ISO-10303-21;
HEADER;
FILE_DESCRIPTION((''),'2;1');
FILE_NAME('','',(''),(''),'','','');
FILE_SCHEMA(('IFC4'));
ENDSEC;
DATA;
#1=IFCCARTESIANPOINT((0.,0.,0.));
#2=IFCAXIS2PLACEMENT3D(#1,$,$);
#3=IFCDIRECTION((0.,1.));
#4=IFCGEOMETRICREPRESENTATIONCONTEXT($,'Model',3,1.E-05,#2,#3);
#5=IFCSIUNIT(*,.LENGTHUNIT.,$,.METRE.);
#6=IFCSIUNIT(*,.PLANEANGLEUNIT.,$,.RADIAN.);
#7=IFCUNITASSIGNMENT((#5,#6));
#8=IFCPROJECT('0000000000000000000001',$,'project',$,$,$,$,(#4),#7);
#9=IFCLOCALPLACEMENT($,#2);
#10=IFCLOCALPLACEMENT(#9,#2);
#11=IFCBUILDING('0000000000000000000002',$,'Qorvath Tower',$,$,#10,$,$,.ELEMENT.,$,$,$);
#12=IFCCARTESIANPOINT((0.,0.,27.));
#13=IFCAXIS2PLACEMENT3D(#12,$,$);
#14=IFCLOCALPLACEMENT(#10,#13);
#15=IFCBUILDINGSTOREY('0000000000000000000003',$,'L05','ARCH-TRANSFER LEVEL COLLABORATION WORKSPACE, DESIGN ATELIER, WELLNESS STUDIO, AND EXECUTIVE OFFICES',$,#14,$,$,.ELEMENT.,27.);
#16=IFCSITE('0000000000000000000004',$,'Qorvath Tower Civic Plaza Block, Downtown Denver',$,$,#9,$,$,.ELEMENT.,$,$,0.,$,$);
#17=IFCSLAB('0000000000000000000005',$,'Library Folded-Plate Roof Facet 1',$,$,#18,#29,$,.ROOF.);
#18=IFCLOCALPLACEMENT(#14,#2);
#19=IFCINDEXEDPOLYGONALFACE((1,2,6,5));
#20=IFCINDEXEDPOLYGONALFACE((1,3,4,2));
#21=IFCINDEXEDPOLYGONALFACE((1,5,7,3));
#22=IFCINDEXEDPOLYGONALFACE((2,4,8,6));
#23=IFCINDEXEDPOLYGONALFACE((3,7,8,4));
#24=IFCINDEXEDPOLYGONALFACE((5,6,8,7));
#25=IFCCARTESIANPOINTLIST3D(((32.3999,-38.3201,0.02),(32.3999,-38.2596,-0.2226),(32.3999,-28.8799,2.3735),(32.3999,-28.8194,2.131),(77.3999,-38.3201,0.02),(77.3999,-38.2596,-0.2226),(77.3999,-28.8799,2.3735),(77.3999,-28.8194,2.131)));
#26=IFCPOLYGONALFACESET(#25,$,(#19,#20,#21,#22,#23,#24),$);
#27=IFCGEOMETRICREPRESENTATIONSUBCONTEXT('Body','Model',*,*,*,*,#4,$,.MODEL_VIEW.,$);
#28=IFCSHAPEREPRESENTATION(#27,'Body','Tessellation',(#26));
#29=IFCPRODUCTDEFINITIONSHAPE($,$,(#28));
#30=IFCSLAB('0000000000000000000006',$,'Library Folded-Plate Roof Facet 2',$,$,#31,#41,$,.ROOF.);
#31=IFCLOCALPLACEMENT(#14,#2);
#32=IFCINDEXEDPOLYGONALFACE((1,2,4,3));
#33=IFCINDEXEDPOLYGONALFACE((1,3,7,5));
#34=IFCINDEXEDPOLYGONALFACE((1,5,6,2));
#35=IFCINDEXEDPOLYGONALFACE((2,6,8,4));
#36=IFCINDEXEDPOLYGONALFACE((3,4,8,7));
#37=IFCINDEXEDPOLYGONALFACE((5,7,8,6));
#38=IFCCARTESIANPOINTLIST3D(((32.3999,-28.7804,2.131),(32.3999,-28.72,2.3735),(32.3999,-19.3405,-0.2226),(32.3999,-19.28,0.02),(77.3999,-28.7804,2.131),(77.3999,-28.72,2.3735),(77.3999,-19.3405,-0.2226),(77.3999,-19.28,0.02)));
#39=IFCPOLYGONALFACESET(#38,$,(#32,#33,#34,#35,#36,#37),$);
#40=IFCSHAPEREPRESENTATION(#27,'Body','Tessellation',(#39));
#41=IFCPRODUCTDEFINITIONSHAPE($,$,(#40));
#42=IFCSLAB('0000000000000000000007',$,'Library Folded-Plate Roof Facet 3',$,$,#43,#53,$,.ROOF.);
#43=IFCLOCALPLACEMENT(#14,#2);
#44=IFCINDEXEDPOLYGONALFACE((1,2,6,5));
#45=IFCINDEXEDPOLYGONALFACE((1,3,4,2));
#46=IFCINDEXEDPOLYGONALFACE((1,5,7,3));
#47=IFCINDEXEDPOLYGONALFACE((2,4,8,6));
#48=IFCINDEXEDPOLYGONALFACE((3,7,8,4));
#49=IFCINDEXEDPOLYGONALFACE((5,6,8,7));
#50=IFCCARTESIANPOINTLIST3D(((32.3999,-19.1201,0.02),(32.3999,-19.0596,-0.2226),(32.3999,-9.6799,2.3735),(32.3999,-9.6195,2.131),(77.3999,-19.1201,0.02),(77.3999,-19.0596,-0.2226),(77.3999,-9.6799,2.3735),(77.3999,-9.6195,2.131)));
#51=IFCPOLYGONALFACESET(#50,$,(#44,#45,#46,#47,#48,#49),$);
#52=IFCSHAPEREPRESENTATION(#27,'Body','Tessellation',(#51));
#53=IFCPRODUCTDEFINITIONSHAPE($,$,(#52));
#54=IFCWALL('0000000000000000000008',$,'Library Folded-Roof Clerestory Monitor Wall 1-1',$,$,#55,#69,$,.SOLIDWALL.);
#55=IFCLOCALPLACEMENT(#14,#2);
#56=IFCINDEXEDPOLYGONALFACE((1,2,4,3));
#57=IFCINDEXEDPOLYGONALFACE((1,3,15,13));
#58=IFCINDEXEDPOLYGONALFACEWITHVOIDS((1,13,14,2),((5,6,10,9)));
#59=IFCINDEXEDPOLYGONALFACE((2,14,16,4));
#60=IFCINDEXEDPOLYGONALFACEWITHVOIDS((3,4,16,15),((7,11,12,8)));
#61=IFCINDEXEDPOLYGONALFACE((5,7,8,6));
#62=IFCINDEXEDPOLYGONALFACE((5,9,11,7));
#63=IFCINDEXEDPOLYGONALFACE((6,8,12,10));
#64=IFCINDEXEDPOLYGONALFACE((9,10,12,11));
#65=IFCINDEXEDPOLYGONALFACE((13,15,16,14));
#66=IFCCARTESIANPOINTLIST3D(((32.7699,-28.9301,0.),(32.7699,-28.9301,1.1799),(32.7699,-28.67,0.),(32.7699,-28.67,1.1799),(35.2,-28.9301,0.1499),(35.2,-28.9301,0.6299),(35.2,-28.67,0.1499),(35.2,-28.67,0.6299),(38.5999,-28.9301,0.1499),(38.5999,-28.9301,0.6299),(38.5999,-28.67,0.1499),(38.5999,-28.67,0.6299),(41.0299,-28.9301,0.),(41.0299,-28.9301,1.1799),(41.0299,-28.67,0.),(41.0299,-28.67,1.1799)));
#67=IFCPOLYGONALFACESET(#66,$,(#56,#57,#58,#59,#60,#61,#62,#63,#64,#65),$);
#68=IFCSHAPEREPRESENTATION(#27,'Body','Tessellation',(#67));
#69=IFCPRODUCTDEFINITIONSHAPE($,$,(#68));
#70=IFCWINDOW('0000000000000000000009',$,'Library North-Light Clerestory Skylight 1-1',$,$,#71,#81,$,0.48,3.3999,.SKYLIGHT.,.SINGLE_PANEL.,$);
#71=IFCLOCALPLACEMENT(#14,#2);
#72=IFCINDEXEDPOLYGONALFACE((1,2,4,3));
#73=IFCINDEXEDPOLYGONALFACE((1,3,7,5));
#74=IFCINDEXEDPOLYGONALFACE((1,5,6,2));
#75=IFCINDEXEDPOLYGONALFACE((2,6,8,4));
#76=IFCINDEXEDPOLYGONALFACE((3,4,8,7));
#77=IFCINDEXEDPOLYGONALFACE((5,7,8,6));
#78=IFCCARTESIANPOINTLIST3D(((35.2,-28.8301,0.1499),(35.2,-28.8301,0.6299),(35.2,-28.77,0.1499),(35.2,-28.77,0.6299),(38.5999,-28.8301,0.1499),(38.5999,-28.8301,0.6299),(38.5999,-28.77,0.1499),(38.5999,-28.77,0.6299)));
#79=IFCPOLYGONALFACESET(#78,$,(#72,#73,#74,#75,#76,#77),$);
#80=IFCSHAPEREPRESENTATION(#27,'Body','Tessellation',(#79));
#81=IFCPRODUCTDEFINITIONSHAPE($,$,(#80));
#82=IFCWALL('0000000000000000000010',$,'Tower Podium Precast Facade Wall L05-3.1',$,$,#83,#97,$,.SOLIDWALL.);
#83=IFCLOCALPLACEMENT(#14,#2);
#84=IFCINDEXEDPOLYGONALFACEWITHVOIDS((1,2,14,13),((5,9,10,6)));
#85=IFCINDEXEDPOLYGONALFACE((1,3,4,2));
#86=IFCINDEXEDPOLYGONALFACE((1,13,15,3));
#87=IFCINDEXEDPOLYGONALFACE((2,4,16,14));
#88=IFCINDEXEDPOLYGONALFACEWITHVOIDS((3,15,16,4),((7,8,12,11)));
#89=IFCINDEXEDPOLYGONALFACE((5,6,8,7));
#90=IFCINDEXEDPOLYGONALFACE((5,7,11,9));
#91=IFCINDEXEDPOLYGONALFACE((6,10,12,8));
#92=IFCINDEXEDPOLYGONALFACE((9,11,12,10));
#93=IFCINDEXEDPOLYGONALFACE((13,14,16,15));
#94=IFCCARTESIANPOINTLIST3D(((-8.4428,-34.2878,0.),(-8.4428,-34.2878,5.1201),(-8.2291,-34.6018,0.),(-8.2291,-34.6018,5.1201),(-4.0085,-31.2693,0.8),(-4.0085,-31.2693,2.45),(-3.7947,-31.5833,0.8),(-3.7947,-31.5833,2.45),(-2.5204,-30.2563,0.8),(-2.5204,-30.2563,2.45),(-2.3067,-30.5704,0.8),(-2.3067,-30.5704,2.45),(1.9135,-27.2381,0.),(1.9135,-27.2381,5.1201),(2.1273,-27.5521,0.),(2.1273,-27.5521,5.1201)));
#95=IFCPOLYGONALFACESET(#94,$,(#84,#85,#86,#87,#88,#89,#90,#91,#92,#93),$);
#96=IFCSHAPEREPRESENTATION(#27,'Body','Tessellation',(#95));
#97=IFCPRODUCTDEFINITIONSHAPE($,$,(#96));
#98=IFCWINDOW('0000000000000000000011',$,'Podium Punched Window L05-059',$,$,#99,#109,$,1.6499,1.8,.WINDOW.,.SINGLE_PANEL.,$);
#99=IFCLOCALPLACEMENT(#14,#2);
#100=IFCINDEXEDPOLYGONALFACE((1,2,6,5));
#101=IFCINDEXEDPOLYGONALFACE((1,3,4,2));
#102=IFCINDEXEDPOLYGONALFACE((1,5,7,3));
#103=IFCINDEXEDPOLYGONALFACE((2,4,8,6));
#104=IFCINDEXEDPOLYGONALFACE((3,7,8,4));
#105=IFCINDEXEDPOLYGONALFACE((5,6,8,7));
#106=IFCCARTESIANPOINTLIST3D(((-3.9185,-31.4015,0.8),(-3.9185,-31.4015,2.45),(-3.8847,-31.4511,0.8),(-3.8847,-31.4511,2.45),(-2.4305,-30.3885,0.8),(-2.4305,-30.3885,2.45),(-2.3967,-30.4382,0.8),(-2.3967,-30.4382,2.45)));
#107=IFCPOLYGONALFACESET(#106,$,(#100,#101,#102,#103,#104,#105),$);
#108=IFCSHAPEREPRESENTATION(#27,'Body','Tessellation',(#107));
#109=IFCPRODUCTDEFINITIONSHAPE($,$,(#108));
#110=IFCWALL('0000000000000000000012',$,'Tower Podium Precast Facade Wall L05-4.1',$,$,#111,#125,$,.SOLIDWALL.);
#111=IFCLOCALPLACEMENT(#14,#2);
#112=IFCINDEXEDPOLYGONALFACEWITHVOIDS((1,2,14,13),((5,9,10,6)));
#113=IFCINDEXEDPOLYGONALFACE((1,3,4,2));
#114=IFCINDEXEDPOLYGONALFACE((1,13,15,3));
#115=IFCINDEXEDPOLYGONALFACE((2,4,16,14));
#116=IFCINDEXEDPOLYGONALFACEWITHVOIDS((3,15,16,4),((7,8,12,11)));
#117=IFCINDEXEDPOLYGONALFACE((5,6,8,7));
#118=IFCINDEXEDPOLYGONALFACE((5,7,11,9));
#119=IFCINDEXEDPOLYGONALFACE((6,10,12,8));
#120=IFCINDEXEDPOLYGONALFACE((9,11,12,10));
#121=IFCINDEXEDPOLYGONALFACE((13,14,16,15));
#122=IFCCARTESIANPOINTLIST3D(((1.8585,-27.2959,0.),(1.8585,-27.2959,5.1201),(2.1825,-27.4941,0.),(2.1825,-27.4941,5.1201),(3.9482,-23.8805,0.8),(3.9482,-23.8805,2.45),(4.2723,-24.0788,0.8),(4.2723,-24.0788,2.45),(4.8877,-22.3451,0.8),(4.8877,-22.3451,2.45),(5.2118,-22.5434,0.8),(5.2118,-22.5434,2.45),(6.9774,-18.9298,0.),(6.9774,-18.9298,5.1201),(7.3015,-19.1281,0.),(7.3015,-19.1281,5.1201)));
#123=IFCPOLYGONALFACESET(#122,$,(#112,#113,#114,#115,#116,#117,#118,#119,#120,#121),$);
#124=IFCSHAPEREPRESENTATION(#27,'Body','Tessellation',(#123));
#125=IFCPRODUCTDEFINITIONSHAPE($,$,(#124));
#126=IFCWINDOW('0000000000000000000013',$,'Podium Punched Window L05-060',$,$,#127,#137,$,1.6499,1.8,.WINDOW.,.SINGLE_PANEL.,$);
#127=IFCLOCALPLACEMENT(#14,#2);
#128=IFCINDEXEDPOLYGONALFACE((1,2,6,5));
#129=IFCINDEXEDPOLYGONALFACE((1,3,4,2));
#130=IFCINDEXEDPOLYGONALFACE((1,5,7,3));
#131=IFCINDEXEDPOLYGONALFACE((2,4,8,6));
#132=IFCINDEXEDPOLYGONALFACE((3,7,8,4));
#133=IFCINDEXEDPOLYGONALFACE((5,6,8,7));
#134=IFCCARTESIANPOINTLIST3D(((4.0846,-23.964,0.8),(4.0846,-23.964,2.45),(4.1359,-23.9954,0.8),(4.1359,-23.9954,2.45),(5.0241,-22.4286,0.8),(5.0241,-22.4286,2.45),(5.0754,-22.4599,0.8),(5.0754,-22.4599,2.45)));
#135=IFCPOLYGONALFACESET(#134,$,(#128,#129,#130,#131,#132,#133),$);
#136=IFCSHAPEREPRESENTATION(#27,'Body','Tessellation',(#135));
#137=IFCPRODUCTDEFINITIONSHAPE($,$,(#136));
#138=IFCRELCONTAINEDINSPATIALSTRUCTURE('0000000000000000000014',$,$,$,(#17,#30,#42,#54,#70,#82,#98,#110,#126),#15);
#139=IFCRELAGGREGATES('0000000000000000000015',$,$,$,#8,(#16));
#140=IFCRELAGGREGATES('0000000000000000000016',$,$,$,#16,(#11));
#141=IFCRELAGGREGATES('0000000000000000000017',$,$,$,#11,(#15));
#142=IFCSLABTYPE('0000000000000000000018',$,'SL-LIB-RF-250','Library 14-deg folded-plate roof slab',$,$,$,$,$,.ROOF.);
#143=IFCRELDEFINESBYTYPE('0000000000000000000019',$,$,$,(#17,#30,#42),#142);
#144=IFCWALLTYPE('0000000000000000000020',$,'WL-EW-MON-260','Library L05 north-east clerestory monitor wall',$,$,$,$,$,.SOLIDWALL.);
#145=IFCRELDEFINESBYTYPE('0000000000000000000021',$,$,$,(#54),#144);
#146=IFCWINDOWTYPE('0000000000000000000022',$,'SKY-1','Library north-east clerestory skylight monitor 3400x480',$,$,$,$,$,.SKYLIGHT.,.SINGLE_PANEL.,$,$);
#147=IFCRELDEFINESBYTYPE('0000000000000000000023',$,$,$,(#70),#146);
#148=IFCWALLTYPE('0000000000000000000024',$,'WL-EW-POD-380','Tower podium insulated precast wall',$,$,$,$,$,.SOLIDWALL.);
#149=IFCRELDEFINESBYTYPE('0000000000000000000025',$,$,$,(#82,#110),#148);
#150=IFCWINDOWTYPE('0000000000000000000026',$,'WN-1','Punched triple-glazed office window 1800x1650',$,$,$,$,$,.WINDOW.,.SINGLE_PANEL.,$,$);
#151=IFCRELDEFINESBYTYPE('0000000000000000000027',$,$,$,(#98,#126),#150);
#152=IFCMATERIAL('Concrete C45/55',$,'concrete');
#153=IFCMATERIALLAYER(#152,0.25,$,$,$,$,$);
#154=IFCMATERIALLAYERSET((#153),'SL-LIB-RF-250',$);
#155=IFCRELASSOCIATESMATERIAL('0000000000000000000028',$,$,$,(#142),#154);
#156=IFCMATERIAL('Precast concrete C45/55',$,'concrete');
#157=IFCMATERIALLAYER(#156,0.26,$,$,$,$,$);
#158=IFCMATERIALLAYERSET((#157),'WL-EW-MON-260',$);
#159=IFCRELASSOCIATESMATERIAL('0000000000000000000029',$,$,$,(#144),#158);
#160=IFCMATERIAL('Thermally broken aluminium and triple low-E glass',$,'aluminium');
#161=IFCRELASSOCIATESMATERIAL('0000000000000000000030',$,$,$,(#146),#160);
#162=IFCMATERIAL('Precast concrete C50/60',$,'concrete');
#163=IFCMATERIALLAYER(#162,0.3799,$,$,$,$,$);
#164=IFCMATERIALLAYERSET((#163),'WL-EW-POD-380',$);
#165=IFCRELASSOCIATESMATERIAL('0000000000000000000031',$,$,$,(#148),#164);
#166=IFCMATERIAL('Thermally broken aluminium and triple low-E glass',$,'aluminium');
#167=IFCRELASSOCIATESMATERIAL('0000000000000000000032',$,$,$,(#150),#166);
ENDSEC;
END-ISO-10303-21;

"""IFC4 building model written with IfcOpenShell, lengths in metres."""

from ifc_helpers import new_model, si_unit, direction, frame, frame_2d, origin, place, context, subcontext, project, spatial, polyline, rectangle, outline, extrude, material, layer, layer_set, type_object, element, fill, save


model = new_model("IFC4")

# Units and contexts
model_context = context("Model", 3, precision=1e-05, world=origin(), true_north=direction((0.0, 1.0)))
body_context = subcontext(model_context, "Body", "Model", "MODEL_VIEW")
ifc_project = project(units=[si_unit("LENGTHUNIT", "METRE"), si_unit("PLANEANGLEUNIT", "RADIAN")], contexts=[model_context])

# Site, building, storey
site_placement = place(None, origin())
site = spatial("IfcSite", under=ifc_project, at=site_placement, Name="Qorvath Tower Civic Plaza Block, Downtown Denver", CompositionType="ELEMENT", RefElevation=0.0)
building_placement = place(site_placement, origin())
building = spatial("IfcBuilding", under=site, at=building_placement, Name="Qorvath Tower", CompositionType="ELEMENT")
storey_placement = place(building_placement, frame((0.0, 0.0, 27.0)))
storey = spatial("IfcBuildingStorey", under=building, at=storey_placement, Name="L05", Description="ARCH-TRANSFER LEVEL COLLABORATION WORKSPACE, DESIGN ATELIER, WELLNESS STUDIO, AND EXECUTIVE OFFICES", CompositionType="ELEMENT", Elevation=27.0)

# Slabs
ifc_material_1 = material(Name="Concrete C45/55", Category="concrete")
ifc_layer_1 = layer(ifc_material_1, 0.25)
ifc_layer_set_1 = layer_set([ifc_layer_1], Name="SL-LIB-RF-250")
slab_type = type_object("IfcSlabType", Name="SL-LIB-RF-250", Description="Library 14-deg folded-plate roof slab", PredefinedType="ROOF", material=ifc_layer_set_1)
slab_1_placement = place(storey_placement, frame((32.3999, -38.3201, 0.02), z_axis=(0.0, -0.241904, 0.9703), x_axis=(1.0, 0.0, 0.0)))
element("IfcSlab", 1, at=slab_1_placement, inside=storey, type_object=slab_type, Name="Library Folded-Plate Roof Facet 1", PredefinedType="ROOF", context=body_context, shape_type="SweptSolid", body=[
    extrude(outline(polyline([(0.0, 0.0), (45.0, 0.0), (45.0, 9.7291), (0.0, 9.7291), (0.0, 0.0)])), origin(), (0.0, 0.0, -1.0), 0.25),
])
slab_2_placement = place(storey_placement, frame((32.3999, -28.72, 2.3735), z_axis=(0.0, 0.24191, 0.970299), x_axis=(1.0, 0.0, 0.0)))
element("IfcSlab", 2, at=slab_2_placement, inside=storey, type_object=slab_type, Name="Library Folded-Plate Roof Facet 2", PredefinedType="ROOF", context=body_context, shape_type="SweptSolid", body=[
    extrude(outline(polyline([(0.0, 0.0), (45.0, 0.0), (45.0, 9.7289), (0.0, 9.7289), (0.0, 0.0)])), origin(), (0.0, 0.0, -1.0), 0.25),
])
slab_3_placement = place(storey_placement, frame((32.3999, -19.1201, 0.02), z_axis=(0.0, -0.241904, 0.9703), x_axis=(1.0, 0.0, 0.0)))
element("IfcSlab", 3, at=slab_3_placement, inside=storey, type_object=slab_type, Name="Library Folded-Plate Roof Facet 3", PredefinedType="ROOF", context=body_context, shape_type="SweptSolid", body=[
    extrude(outline(polyline([(0.0, 0.0), (45.0, 0.0), (45.0, 9.7291), (0.0, 9.7291), (0.0, 0.0)])), origin(), (0.0, 0.0, -1.0), 0.25),
])

# Walls, openings, windows
ifc_material_2 = material(Name="Precast concrete C45/55", Category="concrete")
ifc_layer_2 = layer(ifc_material_2, 0.26)
ifc_layer_set_2 = layer_set([ifc_layer_2], Name="WL-EW-MON-260")
wall_type_1 = type_object("IfcWallType", Name="WL-EW-MON-260", Description="Library L05 north-east clerestory monitor wall", PredefinedType="SOLIDWALL", material=ifc_layer_set_2)
wall_1_placement = place(storey_placement, frame((32.77, -28.8, 0.0), z_axis=(0.0, 0.0, 1.0), x_axis=(1.0, 0.0, 0.0)))
wall_1 = element("IfcWall", 4, at=wall_1_placement, inside=storey, type_object=wall_type_1, Name="Library Folded-Roof Clerestory Monitor Wall 1-1", PredefinedType="SOLIDWALL", context=body_context, shape_type="SweptSolid", body=[
    extrude(rectangle(XDim=8.26, YDim=0.26, at=frame_2d((4.1299, 0.0))), origin(), (0.0, 0.0, 1.0), 1.1799),
])
opening_1_placement = place(wall_1_placement, frame((2.4299, 0.0, 0.1499)))
opening_1 = element("IfcOpeningElement", 5, at=opening_1_placement, cuts=wall_1, PredefinedType="OPENING", context=body_context, shape_type="SweptSolid", body=[
    extrude(rectangle(XDim=3.3999, YDim=0.48, at=frame_2d((1.7, 0.24))), frame((0.0, 0.1401, 0.0), z_axis=(0.0, -1.0, 0.0), x_axis=(1.0, 0.0, 0.0)), (0.0, 0.0, 1.0), 0.28),
])
ifc_material_3 = material(Name="Thermally broken aluminium and triple low-E glass", Category="aluminium")
window_type_1 = type_object("IfcWindowType", Name="SKY-1", Description="Library north-east clerestory skylight monitor 3400x480", PartitioningType="SINGLE_PANEL", PredefinedType="SKYLIGHT", material=ifc_material_3)
window_1_placement = place(opening_1_placement, origin())
window_1 = element("IfcWindow", 6, at=window_1_placement, inside=storey, type_object=window_type_1, Name="Library North-Light Clerestory Skylight 1-1", OverallHeight=0.48, OverallWidth=3.3999, PartitioningType="SINGLE_PANEL", PredefinedType="SKYLIGHT", context=body_context, shape_type="SweptSolid", body=[
    extrude(rectangle(XDim=3.3999, YDim=0.48, at=frame_2d((1.7, 0.24))), frame((0.0, 0.03, 0.0), z_axis=(0.0, -1.0, 0.0), x_axis=(1.0, 0.0, 0.0)), (0.0, 0.0, 1.0), 0.0601),
])
fill(opening_1, window_1)
ifc_material_4 = material(Name="Precast concrete C50/60", Category="concrete")
ifc_layer_3 = layer(ifc_material_4, 0.3799)
ifc_layer_set_3 = layer_set([ifc_layer_3], Name="WL-EW-POD-380")
wall_type_2 = type_object("IfcWallType", Name="WL-EW-POD-380", Description="Tower podium insulated precast wall", PredefinedType="SOLIDWALL", material=ifc_layer_set_3)
wall_2_placement = place(storey_placement, frame((2.0205, -27.395, 0.0), z_axis=(0.0, 0.0, 1.0), x_axis=(-0.826651, -0.562715, 0.0)))
wall_2 = element("IfcWall", 7, at=wall_2_placement, inside=storey, type_object=wall_type_2, Name="Tower Podium Precast Facade Wall L05-3.1", PredefinedType="SOLIDWALL", context=body_context, shape_type="SweptSolid", body=[
    extrude(rectangle(XDim=12.5281, YDim=0.3799, at=frame_2d((6.2642, 0.0))), origin(), (0.0, 0.0, 1.0), 5.1201),
])
opening_2_placement = place(wall_2_placement, frame((5.364, 0.0, 0.8)))
opening_2 = element("IfcOpeningElement", 8, at=opening_2_placement, cuts=wall_2, PredefinedType="OPENING", context=body_context, shape_type="SweptSolid", body=[
    extrude(rectangle(XDim=1.8, YDim=1.6499, at=frame_2d((0.8999, 0.825))), frame((0.0, 0.2, 0.0), z_axis=(0.0, -1.0, 0.0), x_axis=(1.0, 0.0, 0.0)), (0.0, 0.0, 1.0), 0.3999),
])
ifc_material_5 = material(Name="Thermally broken aluminium and triple low-E glass", Category="aluminium")
window_type_2 = type_object("IfcWindowType", Name="WN-1", Description="Punched triple-glazed office window 1800x1650", PartitioningType="SINGLE_PANEL", PredefinedType="WINDOW", material=ifc_material_5)
window_2_placement = place(opening_2_placement, origin())
window_2 = element("IfcWindow", 9, at=window_2_placement, inside=storey, type_object=window_type_2, Name="Podium Punched Window L05-059", OverallHeight=1.6499, OverallWidth=1.8, PartitioningType="SINGLE_PANEL", PredefinedType="WINDOW", context=body_context, shape_type="SweptSolid", body=[
    extrude(rectangle(XDim=1.8, YDim=1.6499, at=frame_2d((0.8999, 0.825))), frame((0.0, 0.03, 0.0), z_axis=(0.0, -1.0, 0.0), x_axis=(1.0, 0.0, 0.0)), (0.0, 0.0, 1.0), 0.0601),
])
fill(opening_2, window_2)
wall_3_placement = place(storey_placement, frame((7.1394, -19.0291, 0.0), z_axis=(0.0, 0.0, 1.0), x_axis=(-0.521922, -0.852993, 0.0)))
wall_3 = element("IfcWall", 10, at=wall_3_placement, inside=storey, type_object=wall_type_2, Name="Tower Podium Precast Facade Wall L05-4.1", PredefinedType="SOLIDWALL", context=body_context, shape_type="SweptSolid", body=[
    extrude(rectangle(XDim=9.8079, YDim=0.3799, at=frame_2d((4.9038, 0.0))), origin(), (0.0, 0.0, 1.0), 5.1201),
])
opening_3_placement = place(wall_3_placement, frame((4.0039, 0.0, 0.8)))
opening_3 = element("IfcOpeningElement", 11, at=opening_3_placement, cuts=wall_3, PredefinedType="OPENING", context=body_context, shape_type="SweptSolid", body=[
    extrude(rectangle(XDim=1.8, YDim=1.6499, at=frame_2d((0.8999, 0.825))), frame((0.0, 0.2, 0.0), z_axis=(0.0, -1.0, 0.0), x_axis=(1.0, 0.0, 0.0)), (0.0, 0.0, 1.0), 0.3999),
])
window_3_placement = place(opening_3_placement, origin())
window_3 = element("IfcWindow", 12, at=window_3_placement, inside=storey, type_object=window_type_2, Name="Podium Punched Window L05-060", OverallHeight=1.6499, OverallWidth=1.8, PartitioningType="SINGLE_PANEL", PredefinedType="WINDOW", context=body_context, shape_type="SweptSolid", body=[
    extrude(rectangle(XDim=1.8, YDim=1.6499, at=frame_2d((0.8999, 0.825))), frame((0.0, 0.03, 0.0), z_axis=(0.0, -1.0, 0.0), x_axis=(1.0, 0.0, 0.0)), (0.0, 0.0, 1.0), 0.0601),
])
fill(opening_3, window_3)

save(model, "model.ifc")
